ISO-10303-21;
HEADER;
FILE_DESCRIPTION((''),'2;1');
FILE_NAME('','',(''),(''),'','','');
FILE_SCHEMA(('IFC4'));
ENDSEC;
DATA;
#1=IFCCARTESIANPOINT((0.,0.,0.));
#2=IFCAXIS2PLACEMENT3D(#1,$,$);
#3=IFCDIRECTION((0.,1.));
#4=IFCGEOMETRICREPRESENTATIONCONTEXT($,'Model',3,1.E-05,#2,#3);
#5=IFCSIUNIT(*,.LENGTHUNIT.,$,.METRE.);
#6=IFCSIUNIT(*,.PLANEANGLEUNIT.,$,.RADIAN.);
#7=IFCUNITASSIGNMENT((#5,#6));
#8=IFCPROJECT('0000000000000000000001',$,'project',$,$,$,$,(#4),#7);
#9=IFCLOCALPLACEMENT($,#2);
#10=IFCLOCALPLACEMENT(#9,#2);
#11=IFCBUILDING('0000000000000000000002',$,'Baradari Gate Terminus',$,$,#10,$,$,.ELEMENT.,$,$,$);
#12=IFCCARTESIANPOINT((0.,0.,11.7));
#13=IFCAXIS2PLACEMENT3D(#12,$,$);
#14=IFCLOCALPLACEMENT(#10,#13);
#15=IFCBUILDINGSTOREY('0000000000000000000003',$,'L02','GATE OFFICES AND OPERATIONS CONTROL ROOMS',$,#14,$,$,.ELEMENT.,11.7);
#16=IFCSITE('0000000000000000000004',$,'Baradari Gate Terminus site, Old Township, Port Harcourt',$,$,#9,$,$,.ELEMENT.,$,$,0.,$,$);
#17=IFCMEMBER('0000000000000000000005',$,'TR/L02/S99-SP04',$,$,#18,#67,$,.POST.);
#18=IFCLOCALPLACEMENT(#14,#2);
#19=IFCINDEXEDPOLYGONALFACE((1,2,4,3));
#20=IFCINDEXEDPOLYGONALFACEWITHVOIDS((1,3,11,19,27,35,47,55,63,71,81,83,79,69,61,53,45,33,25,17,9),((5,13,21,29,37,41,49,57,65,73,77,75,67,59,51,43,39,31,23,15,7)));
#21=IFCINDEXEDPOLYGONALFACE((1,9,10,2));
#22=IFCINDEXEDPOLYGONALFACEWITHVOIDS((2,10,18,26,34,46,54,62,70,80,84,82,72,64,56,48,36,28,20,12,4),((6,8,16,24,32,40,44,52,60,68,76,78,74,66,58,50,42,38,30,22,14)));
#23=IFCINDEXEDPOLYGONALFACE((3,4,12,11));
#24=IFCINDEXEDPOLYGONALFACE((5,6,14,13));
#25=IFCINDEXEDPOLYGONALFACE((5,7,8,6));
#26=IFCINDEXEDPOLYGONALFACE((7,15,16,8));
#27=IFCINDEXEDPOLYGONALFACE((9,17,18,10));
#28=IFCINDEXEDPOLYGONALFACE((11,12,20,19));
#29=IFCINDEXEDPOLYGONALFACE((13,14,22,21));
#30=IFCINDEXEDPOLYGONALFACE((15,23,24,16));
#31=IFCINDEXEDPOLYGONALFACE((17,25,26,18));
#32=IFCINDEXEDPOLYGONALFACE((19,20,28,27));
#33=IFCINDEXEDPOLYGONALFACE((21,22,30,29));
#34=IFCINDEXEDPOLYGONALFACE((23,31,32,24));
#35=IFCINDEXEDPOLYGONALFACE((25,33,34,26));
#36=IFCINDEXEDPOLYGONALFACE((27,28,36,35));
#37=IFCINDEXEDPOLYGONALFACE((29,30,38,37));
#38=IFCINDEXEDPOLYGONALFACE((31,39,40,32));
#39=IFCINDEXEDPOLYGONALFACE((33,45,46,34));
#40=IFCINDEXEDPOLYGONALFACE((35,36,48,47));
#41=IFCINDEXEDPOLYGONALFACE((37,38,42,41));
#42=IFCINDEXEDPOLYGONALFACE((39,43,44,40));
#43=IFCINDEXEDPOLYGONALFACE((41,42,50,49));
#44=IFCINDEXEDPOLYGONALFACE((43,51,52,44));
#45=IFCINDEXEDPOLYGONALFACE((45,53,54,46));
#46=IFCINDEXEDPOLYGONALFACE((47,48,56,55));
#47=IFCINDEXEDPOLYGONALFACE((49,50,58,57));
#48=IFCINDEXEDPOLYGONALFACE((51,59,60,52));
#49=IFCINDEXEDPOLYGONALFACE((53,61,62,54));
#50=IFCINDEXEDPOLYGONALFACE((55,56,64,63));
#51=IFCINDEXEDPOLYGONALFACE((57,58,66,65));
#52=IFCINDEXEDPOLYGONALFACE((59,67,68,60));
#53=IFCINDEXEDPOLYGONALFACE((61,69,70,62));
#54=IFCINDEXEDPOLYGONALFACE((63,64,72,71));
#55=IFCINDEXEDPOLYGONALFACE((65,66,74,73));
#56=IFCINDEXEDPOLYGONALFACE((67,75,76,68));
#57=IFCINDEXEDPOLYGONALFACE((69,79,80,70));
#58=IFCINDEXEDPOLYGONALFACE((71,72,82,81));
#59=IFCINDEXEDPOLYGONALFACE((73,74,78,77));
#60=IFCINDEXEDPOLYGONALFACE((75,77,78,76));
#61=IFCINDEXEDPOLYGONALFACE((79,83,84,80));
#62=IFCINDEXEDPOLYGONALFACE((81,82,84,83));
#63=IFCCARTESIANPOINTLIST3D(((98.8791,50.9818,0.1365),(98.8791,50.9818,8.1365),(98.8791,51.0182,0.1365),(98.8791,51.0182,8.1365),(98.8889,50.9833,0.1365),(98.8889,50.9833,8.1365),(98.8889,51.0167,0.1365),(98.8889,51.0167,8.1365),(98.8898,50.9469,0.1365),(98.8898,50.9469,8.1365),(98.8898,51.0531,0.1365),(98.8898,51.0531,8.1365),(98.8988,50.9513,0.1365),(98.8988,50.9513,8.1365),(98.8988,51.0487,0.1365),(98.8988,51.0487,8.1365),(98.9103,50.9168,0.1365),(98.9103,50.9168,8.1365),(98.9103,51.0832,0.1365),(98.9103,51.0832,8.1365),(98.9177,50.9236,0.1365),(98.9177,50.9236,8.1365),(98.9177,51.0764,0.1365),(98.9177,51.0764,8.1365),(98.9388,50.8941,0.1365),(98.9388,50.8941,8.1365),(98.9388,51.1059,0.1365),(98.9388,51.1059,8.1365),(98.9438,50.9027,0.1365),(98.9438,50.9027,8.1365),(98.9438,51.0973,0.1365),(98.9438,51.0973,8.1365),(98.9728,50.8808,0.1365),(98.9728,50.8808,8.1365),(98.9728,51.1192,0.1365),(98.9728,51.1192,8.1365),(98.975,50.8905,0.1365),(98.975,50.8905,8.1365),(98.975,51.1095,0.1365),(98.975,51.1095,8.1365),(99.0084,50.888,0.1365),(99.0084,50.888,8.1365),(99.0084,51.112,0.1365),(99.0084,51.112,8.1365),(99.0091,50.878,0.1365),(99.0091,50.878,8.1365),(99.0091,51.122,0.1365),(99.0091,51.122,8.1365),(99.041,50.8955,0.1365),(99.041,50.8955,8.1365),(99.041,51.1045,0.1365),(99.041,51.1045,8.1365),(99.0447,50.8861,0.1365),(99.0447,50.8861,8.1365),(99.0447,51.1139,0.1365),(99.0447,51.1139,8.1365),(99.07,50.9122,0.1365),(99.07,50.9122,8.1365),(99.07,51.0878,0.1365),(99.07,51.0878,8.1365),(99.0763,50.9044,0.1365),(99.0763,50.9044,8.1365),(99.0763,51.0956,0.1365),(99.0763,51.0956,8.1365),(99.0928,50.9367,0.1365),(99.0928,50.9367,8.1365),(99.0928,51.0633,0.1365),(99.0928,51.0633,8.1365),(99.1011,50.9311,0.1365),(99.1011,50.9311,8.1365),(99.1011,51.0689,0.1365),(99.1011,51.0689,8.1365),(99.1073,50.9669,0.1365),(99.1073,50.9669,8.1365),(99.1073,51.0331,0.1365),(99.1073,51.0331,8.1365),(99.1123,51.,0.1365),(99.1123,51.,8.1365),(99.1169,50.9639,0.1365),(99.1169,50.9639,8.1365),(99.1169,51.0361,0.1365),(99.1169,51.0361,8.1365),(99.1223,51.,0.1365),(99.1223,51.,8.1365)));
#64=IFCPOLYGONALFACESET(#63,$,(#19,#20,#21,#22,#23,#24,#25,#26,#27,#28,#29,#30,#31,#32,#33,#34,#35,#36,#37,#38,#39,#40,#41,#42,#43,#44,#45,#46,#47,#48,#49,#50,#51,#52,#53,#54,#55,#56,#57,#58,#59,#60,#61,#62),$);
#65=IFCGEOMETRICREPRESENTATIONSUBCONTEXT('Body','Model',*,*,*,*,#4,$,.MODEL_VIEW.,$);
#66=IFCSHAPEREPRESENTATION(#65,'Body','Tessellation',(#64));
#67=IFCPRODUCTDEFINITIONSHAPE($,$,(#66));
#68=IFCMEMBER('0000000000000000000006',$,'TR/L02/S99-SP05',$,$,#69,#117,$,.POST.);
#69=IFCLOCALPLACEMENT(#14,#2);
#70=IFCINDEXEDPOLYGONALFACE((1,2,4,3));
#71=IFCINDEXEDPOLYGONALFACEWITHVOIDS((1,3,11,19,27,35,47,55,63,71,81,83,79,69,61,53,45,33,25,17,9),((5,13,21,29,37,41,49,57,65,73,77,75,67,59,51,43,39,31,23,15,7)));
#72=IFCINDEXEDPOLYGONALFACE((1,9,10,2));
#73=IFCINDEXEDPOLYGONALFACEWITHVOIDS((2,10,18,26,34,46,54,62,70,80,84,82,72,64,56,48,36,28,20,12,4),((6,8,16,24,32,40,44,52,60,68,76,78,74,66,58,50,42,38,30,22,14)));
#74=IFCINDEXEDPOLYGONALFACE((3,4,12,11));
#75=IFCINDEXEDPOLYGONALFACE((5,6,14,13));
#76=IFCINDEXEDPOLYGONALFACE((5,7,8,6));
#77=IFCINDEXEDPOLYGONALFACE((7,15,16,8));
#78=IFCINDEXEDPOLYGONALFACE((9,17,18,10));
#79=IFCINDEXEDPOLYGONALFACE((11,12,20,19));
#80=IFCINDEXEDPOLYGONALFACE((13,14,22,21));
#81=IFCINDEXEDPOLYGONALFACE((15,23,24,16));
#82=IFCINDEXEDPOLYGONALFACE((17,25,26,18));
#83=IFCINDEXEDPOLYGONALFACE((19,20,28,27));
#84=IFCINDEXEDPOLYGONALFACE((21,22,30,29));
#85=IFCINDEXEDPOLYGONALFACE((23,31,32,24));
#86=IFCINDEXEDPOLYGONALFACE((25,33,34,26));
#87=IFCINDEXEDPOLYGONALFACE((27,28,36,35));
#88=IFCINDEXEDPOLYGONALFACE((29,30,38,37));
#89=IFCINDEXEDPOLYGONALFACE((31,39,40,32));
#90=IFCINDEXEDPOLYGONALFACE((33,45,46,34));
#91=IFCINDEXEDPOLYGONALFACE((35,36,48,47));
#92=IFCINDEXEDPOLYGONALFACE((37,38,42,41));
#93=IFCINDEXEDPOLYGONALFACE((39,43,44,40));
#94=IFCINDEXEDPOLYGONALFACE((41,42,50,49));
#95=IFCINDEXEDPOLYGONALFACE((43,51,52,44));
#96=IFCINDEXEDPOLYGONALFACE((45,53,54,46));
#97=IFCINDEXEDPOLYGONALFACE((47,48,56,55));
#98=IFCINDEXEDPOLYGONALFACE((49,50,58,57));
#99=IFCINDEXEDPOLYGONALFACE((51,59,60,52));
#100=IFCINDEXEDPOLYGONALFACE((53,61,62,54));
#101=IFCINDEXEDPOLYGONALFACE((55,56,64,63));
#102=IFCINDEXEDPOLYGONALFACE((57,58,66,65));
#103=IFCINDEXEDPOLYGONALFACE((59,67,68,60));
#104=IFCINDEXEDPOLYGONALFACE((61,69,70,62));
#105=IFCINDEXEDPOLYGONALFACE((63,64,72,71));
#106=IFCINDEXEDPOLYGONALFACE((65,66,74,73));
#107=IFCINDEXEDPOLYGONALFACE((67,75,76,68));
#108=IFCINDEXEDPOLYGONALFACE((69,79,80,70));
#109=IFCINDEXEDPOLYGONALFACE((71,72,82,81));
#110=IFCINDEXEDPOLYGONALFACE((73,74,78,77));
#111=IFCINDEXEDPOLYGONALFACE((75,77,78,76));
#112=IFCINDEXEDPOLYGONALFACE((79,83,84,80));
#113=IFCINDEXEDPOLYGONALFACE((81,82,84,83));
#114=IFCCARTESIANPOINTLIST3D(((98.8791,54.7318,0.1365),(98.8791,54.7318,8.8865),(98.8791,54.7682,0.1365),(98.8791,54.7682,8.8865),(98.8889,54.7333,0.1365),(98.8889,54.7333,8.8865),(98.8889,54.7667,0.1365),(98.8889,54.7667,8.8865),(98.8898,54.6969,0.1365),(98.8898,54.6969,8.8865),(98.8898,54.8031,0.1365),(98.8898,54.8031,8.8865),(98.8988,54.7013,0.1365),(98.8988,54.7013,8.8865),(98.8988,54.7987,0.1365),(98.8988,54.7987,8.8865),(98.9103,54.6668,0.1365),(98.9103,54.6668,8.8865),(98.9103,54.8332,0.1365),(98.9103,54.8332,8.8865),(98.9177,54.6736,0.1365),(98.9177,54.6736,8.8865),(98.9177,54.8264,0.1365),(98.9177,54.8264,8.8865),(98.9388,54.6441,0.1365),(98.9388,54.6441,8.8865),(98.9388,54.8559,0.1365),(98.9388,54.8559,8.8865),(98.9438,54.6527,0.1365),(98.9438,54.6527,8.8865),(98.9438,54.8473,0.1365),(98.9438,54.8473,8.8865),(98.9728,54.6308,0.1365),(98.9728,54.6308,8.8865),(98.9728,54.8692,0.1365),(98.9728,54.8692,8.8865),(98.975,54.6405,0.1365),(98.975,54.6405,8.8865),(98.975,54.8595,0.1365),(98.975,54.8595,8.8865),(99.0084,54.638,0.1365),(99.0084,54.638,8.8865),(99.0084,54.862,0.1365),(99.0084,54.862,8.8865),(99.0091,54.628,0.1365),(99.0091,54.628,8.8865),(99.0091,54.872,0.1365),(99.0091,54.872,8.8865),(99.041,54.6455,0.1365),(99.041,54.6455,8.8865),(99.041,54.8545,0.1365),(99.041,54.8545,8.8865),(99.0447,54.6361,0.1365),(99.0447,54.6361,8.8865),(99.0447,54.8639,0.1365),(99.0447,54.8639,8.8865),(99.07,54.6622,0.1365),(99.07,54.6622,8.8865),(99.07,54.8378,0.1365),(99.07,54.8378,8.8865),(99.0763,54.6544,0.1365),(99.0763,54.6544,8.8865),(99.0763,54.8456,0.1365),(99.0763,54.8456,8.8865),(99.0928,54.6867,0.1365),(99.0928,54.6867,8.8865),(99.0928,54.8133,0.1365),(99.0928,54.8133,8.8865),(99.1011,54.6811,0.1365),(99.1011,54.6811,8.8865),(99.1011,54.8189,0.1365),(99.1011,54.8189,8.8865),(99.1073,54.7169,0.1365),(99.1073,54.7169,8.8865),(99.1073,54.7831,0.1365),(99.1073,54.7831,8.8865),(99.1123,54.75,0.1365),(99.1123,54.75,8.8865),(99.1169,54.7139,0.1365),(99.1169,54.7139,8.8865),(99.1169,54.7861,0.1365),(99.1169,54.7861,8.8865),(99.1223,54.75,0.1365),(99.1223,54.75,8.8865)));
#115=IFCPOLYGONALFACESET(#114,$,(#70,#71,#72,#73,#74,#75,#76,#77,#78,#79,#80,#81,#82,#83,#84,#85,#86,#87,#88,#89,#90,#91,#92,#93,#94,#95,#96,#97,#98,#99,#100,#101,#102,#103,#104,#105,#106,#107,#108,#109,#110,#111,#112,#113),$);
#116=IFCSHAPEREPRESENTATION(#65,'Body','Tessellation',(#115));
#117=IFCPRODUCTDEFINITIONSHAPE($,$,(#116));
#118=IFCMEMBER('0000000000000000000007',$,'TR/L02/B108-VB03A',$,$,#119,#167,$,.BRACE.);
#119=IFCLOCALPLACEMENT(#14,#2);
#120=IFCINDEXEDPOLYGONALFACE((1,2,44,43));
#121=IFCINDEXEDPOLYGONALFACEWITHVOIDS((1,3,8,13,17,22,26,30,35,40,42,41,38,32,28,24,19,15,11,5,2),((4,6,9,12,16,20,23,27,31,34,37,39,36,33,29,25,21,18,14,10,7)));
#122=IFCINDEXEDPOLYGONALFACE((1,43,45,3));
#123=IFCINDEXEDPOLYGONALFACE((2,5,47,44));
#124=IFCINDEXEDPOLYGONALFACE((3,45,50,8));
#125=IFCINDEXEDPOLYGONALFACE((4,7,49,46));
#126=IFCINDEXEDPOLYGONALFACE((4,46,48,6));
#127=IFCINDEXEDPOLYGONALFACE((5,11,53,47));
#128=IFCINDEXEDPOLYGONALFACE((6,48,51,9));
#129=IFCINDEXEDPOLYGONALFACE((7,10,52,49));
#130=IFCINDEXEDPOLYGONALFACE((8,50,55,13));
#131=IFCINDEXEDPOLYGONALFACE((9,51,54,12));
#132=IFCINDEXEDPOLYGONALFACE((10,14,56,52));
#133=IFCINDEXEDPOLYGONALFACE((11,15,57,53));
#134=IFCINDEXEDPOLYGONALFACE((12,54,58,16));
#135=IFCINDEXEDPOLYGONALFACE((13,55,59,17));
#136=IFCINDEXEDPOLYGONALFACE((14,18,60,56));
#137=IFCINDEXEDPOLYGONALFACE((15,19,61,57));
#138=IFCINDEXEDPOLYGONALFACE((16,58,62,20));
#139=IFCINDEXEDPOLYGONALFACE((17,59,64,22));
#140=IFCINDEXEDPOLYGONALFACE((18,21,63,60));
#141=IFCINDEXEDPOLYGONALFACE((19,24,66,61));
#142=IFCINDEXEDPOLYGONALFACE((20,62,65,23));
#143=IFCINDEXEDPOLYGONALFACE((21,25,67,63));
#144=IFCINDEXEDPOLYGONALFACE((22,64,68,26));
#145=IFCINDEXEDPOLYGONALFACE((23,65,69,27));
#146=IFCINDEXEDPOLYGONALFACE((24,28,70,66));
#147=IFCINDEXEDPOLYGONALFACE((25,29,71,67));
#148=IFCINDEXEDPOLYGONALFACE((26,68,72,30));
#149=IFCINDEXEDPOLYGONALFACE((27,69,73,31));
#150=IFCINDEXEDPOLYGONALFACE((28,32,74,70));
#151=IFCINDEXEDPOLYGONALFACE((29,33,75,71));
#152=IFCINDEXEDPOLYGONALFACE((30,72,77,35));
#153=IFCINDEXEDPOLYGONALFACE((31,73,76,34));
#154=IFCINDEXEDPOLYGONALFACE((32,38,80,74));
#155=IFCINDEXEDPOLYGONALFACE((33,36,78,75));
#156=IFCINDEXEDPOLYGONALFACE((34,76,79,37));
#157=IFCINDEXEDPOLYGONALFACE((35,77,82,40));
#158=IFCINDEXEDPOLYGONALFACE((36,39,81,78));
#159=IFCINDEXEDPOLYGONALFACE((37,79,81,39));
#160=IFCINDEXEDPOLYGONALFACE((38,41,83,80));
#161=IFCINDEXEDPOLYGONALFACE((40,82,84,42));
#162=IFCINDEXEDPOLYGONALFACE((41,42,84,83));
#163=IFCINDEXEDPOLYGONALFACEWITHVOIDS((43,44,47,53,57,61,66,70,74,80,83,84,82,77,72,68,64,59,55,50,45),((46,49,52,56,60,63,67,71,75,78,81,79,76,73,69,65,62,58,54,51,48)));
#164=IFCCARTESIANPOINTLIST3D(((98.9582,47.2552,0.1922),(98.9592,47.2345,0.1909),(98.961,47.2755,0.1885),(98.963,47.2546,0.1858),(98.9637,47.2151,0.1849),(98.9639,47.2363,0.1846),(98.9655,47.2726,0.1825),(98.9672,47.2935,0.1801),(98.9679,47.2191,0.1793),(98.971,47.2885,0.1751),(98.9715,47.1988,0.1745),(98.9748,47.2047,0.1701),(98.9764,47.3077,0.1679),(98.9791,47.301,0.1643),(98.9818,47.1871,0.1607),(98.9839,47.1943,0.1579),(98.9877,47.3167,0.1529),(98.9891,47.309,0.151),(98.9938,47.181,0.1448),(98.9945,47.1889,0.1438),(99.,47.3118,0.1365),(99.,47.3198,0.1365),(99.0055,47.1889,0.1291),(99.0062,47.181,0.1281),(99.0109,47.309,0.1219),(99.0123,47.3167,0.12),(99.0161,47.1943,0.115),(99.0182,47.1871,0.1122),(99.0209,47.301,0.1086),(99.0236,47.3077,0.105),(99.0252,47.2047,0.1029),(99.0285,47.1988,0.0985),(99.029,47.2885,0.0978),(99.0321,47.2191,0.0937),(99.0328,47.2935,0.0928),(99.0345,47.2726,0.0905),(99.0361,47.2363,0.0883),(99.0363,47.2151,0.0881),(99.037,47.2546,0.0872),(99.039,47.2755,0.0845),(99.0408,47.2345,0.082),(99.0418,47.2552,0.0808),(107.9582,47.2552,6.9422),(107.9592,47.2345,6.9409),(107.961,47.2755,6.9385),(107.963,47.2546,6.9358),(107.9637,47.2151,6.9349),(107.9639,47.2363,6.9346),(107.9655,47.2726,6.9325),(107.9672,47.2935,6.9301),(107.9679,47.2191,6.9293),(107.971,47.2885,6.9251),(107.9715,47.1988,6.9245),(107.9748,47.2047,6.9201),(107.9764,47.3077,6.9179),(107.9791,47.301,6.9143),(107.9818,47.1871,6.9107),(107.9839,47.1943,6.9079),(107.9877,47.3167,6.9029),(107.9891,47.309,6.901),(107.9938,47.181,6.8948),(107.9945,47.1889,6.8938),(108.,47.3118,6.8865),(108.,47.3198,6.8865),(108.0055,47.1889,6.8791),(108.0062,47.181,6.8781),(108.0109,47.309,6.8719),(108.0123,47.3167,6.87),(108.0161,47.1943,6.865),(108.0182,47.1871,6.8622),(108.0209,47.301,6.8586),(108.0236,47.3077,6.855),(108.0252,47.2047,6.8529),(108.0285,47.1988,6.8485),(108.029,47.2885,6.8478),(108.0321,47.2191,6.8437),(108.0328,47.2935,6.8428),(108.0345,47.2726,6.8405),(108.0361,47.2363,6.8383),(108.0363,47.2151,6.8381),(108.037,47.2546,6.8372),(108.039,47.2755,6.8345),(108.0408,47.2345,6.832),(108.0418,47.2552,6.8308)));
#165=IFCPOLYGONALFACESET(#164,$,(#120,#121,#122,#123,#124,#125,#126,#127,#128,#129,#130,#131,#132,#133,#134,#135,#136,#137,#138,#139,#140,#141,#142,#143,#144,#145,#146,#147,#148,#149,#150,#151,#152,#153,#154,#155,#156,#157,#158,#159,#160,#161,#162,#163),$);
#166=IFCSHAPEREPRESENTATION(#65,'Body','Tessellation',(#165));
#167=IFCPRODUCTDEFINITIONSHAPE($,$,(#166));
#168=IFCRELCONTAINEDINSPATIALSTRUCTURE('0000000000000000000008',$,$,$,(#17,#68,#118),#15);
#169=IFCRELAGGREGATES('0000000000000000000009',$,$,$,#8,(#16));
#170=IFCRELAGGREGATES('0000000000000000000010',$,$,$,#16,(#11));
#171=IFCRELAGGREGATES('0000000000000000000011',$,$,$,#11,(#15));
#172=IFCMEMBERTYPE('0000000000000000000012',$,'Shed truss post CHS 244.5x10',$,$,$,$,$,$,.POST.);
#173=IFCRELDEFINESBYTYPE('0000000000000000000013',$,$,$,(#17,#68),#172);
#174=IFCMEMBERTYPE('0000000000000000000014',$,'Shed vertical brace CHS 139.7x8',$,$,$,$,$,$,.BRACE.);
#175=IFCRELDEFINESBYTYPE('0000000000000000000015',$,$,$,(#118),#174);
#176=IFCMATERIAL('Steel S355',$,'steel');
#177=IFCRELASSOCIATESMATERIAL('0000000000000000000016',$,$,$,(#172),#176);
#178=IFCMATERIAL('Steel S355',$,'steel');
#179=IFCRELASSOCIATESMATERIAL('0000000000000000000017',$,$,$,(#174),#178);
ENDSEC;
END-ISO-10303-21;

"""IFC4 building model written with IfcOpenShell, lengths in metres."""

from ifc_helpers import new_model, si_unit, direction, frame, origin, origin_2d, place, context, subcontext, project, spatial, hollow_circle, extrude, material, material_profile, profile_set, type_object, element, save


model = new_model("IFC4")

# Units and contexts
model_context = context("Model", 3, precision=1e-05, world=origin(), true_north=direction((0.0, 1.0)))
body_context = subcontext(model_context, "Body", "Model", "MODEL_VIEW")
ifc_project = project(units=[si_unit("LENGTHUNIT", "METRE"), si_unit("PLANEANGLEUNIT", "RADIAN")], contexts=[model_context])

# Site, building, storey
site_placement = place(None, origin())
site = spatial("IfcSite", under=ifc_project, at=site_placement, Name="Baradari Gate Terminus site, Old Township, Port Harcourt", CompositionType="ELEMENT", RefElevation=0.0)
building_placement = place(site_placement, origin())
building = spatial("IfcBuilding", under=site, at=building_placement, Name="Baradari Gate Terminus", CompositionType="ELEMENT")
storey_placement = place(building_placement, frame((0.0, 0.0, 11.7)))
storey = spatial("IfcBuildingStorey", under=building, at=storey_placement, Name="L02", Description="GATE OFFICES AND OPERATIONS CONTROL ROOMS", CompositionType="ELEMENT", Elevation=11.7)

# Members
ifc_material_1 = material(Name="Steel S355", Category="steel")
ifc_material_profile_1 = material_profile(ifc_material_1, hollow_circle(Radius=0.1223, WallThickness=0.01, at=origin_2d()), Name="CHS 244.5x10")
ifc_profile_set_1 = profile_set([ifc_material_profile_1], Name="Steel S355")
member_type_1 = type_object("IfcMemberType", Name="Shed truss post CHS 244.5x10", PredefinedType="POST", material=ifc_profile_set_1)
member_1_placement = place(storey_placement, frame((99.0, 51.0, 0.1365), z_axis=(0.0, 0.0, 1.0), x_axis=(1.0, 0.0, 0.0)))
element("IfcMember", 1, at=member_1_placement, inside=storey, type_object=member_type_1, Name="TR/L02/S99-SP04", PredefinedType="POST", context=body_context, shape_type="SweptSolid", body=[
    extrude(hollow_circle(Radius=0.1223, WallThickness=0.01, at=origin_2d()), origin(), (0.0, 0.0, 1.0), 8.0),
])
member_2_placement = place(storey_placement, frame((99.0, 54.75, 0.1365), z_axis=(0.0, 0.0, 1.0), x_axis=(1.0, 0.0, 0.0)))
element("IfcMember", 2, at=member_2_placement, inside=storey, type_object=member_type_1, Name="TR/L02/S99-SP05", PredefinedType="POST", context=body_context, shape_type="SweptSolid", body=[
    extrude(hollow_circle(Radius=0.1223, WallThickness=0.01, at=origin_2d()), origin(), (0.0, 0.0, 1.0), 8.75),
])
ifc_material_2 = material(Name="Steel S355", Category="steel")
ifc_material_profile_2 = material_profile(ifc_material_2, hollow_circle(Radius=0.0698, WallThickness=0.0081, at=origin_2d()), Name="CHS 139.7x8")
ifc_profile_set_2 = profile_set([ifc_material_profile_2], Name="Steel S355")
member_type_2 = type_object("IfcMemberType", Name="Shed vertical brace CHS 139.7x8", PredefinedType="BRACE", material=ifc_profile_set_2)
for number, where, z_axis, x_axis, name in (
    (3, (99.0, 47.25, 0.1365), (0.8, 0.0, 0.6), (0.0, 1.0, 0.0), "TR/L02/B108-VB03A"),
):
    element("IfcMember", number, at=place(storey_placement, frame(where, z_axis=z_axis, x_axis=x_axis)), inside=storey, type_object=member_type_2, Name=name, PredefinedType="BRACE", context=body_context, shape_type="SweptSolid", body=[
        extrude(hollow_circle(Radius=0.0698, WallThickness=0.0081, at=origin_2d()), origin(), (0.0, 0.0, 1.0), 11.25),
    ])

save(model, "model.ifc")
